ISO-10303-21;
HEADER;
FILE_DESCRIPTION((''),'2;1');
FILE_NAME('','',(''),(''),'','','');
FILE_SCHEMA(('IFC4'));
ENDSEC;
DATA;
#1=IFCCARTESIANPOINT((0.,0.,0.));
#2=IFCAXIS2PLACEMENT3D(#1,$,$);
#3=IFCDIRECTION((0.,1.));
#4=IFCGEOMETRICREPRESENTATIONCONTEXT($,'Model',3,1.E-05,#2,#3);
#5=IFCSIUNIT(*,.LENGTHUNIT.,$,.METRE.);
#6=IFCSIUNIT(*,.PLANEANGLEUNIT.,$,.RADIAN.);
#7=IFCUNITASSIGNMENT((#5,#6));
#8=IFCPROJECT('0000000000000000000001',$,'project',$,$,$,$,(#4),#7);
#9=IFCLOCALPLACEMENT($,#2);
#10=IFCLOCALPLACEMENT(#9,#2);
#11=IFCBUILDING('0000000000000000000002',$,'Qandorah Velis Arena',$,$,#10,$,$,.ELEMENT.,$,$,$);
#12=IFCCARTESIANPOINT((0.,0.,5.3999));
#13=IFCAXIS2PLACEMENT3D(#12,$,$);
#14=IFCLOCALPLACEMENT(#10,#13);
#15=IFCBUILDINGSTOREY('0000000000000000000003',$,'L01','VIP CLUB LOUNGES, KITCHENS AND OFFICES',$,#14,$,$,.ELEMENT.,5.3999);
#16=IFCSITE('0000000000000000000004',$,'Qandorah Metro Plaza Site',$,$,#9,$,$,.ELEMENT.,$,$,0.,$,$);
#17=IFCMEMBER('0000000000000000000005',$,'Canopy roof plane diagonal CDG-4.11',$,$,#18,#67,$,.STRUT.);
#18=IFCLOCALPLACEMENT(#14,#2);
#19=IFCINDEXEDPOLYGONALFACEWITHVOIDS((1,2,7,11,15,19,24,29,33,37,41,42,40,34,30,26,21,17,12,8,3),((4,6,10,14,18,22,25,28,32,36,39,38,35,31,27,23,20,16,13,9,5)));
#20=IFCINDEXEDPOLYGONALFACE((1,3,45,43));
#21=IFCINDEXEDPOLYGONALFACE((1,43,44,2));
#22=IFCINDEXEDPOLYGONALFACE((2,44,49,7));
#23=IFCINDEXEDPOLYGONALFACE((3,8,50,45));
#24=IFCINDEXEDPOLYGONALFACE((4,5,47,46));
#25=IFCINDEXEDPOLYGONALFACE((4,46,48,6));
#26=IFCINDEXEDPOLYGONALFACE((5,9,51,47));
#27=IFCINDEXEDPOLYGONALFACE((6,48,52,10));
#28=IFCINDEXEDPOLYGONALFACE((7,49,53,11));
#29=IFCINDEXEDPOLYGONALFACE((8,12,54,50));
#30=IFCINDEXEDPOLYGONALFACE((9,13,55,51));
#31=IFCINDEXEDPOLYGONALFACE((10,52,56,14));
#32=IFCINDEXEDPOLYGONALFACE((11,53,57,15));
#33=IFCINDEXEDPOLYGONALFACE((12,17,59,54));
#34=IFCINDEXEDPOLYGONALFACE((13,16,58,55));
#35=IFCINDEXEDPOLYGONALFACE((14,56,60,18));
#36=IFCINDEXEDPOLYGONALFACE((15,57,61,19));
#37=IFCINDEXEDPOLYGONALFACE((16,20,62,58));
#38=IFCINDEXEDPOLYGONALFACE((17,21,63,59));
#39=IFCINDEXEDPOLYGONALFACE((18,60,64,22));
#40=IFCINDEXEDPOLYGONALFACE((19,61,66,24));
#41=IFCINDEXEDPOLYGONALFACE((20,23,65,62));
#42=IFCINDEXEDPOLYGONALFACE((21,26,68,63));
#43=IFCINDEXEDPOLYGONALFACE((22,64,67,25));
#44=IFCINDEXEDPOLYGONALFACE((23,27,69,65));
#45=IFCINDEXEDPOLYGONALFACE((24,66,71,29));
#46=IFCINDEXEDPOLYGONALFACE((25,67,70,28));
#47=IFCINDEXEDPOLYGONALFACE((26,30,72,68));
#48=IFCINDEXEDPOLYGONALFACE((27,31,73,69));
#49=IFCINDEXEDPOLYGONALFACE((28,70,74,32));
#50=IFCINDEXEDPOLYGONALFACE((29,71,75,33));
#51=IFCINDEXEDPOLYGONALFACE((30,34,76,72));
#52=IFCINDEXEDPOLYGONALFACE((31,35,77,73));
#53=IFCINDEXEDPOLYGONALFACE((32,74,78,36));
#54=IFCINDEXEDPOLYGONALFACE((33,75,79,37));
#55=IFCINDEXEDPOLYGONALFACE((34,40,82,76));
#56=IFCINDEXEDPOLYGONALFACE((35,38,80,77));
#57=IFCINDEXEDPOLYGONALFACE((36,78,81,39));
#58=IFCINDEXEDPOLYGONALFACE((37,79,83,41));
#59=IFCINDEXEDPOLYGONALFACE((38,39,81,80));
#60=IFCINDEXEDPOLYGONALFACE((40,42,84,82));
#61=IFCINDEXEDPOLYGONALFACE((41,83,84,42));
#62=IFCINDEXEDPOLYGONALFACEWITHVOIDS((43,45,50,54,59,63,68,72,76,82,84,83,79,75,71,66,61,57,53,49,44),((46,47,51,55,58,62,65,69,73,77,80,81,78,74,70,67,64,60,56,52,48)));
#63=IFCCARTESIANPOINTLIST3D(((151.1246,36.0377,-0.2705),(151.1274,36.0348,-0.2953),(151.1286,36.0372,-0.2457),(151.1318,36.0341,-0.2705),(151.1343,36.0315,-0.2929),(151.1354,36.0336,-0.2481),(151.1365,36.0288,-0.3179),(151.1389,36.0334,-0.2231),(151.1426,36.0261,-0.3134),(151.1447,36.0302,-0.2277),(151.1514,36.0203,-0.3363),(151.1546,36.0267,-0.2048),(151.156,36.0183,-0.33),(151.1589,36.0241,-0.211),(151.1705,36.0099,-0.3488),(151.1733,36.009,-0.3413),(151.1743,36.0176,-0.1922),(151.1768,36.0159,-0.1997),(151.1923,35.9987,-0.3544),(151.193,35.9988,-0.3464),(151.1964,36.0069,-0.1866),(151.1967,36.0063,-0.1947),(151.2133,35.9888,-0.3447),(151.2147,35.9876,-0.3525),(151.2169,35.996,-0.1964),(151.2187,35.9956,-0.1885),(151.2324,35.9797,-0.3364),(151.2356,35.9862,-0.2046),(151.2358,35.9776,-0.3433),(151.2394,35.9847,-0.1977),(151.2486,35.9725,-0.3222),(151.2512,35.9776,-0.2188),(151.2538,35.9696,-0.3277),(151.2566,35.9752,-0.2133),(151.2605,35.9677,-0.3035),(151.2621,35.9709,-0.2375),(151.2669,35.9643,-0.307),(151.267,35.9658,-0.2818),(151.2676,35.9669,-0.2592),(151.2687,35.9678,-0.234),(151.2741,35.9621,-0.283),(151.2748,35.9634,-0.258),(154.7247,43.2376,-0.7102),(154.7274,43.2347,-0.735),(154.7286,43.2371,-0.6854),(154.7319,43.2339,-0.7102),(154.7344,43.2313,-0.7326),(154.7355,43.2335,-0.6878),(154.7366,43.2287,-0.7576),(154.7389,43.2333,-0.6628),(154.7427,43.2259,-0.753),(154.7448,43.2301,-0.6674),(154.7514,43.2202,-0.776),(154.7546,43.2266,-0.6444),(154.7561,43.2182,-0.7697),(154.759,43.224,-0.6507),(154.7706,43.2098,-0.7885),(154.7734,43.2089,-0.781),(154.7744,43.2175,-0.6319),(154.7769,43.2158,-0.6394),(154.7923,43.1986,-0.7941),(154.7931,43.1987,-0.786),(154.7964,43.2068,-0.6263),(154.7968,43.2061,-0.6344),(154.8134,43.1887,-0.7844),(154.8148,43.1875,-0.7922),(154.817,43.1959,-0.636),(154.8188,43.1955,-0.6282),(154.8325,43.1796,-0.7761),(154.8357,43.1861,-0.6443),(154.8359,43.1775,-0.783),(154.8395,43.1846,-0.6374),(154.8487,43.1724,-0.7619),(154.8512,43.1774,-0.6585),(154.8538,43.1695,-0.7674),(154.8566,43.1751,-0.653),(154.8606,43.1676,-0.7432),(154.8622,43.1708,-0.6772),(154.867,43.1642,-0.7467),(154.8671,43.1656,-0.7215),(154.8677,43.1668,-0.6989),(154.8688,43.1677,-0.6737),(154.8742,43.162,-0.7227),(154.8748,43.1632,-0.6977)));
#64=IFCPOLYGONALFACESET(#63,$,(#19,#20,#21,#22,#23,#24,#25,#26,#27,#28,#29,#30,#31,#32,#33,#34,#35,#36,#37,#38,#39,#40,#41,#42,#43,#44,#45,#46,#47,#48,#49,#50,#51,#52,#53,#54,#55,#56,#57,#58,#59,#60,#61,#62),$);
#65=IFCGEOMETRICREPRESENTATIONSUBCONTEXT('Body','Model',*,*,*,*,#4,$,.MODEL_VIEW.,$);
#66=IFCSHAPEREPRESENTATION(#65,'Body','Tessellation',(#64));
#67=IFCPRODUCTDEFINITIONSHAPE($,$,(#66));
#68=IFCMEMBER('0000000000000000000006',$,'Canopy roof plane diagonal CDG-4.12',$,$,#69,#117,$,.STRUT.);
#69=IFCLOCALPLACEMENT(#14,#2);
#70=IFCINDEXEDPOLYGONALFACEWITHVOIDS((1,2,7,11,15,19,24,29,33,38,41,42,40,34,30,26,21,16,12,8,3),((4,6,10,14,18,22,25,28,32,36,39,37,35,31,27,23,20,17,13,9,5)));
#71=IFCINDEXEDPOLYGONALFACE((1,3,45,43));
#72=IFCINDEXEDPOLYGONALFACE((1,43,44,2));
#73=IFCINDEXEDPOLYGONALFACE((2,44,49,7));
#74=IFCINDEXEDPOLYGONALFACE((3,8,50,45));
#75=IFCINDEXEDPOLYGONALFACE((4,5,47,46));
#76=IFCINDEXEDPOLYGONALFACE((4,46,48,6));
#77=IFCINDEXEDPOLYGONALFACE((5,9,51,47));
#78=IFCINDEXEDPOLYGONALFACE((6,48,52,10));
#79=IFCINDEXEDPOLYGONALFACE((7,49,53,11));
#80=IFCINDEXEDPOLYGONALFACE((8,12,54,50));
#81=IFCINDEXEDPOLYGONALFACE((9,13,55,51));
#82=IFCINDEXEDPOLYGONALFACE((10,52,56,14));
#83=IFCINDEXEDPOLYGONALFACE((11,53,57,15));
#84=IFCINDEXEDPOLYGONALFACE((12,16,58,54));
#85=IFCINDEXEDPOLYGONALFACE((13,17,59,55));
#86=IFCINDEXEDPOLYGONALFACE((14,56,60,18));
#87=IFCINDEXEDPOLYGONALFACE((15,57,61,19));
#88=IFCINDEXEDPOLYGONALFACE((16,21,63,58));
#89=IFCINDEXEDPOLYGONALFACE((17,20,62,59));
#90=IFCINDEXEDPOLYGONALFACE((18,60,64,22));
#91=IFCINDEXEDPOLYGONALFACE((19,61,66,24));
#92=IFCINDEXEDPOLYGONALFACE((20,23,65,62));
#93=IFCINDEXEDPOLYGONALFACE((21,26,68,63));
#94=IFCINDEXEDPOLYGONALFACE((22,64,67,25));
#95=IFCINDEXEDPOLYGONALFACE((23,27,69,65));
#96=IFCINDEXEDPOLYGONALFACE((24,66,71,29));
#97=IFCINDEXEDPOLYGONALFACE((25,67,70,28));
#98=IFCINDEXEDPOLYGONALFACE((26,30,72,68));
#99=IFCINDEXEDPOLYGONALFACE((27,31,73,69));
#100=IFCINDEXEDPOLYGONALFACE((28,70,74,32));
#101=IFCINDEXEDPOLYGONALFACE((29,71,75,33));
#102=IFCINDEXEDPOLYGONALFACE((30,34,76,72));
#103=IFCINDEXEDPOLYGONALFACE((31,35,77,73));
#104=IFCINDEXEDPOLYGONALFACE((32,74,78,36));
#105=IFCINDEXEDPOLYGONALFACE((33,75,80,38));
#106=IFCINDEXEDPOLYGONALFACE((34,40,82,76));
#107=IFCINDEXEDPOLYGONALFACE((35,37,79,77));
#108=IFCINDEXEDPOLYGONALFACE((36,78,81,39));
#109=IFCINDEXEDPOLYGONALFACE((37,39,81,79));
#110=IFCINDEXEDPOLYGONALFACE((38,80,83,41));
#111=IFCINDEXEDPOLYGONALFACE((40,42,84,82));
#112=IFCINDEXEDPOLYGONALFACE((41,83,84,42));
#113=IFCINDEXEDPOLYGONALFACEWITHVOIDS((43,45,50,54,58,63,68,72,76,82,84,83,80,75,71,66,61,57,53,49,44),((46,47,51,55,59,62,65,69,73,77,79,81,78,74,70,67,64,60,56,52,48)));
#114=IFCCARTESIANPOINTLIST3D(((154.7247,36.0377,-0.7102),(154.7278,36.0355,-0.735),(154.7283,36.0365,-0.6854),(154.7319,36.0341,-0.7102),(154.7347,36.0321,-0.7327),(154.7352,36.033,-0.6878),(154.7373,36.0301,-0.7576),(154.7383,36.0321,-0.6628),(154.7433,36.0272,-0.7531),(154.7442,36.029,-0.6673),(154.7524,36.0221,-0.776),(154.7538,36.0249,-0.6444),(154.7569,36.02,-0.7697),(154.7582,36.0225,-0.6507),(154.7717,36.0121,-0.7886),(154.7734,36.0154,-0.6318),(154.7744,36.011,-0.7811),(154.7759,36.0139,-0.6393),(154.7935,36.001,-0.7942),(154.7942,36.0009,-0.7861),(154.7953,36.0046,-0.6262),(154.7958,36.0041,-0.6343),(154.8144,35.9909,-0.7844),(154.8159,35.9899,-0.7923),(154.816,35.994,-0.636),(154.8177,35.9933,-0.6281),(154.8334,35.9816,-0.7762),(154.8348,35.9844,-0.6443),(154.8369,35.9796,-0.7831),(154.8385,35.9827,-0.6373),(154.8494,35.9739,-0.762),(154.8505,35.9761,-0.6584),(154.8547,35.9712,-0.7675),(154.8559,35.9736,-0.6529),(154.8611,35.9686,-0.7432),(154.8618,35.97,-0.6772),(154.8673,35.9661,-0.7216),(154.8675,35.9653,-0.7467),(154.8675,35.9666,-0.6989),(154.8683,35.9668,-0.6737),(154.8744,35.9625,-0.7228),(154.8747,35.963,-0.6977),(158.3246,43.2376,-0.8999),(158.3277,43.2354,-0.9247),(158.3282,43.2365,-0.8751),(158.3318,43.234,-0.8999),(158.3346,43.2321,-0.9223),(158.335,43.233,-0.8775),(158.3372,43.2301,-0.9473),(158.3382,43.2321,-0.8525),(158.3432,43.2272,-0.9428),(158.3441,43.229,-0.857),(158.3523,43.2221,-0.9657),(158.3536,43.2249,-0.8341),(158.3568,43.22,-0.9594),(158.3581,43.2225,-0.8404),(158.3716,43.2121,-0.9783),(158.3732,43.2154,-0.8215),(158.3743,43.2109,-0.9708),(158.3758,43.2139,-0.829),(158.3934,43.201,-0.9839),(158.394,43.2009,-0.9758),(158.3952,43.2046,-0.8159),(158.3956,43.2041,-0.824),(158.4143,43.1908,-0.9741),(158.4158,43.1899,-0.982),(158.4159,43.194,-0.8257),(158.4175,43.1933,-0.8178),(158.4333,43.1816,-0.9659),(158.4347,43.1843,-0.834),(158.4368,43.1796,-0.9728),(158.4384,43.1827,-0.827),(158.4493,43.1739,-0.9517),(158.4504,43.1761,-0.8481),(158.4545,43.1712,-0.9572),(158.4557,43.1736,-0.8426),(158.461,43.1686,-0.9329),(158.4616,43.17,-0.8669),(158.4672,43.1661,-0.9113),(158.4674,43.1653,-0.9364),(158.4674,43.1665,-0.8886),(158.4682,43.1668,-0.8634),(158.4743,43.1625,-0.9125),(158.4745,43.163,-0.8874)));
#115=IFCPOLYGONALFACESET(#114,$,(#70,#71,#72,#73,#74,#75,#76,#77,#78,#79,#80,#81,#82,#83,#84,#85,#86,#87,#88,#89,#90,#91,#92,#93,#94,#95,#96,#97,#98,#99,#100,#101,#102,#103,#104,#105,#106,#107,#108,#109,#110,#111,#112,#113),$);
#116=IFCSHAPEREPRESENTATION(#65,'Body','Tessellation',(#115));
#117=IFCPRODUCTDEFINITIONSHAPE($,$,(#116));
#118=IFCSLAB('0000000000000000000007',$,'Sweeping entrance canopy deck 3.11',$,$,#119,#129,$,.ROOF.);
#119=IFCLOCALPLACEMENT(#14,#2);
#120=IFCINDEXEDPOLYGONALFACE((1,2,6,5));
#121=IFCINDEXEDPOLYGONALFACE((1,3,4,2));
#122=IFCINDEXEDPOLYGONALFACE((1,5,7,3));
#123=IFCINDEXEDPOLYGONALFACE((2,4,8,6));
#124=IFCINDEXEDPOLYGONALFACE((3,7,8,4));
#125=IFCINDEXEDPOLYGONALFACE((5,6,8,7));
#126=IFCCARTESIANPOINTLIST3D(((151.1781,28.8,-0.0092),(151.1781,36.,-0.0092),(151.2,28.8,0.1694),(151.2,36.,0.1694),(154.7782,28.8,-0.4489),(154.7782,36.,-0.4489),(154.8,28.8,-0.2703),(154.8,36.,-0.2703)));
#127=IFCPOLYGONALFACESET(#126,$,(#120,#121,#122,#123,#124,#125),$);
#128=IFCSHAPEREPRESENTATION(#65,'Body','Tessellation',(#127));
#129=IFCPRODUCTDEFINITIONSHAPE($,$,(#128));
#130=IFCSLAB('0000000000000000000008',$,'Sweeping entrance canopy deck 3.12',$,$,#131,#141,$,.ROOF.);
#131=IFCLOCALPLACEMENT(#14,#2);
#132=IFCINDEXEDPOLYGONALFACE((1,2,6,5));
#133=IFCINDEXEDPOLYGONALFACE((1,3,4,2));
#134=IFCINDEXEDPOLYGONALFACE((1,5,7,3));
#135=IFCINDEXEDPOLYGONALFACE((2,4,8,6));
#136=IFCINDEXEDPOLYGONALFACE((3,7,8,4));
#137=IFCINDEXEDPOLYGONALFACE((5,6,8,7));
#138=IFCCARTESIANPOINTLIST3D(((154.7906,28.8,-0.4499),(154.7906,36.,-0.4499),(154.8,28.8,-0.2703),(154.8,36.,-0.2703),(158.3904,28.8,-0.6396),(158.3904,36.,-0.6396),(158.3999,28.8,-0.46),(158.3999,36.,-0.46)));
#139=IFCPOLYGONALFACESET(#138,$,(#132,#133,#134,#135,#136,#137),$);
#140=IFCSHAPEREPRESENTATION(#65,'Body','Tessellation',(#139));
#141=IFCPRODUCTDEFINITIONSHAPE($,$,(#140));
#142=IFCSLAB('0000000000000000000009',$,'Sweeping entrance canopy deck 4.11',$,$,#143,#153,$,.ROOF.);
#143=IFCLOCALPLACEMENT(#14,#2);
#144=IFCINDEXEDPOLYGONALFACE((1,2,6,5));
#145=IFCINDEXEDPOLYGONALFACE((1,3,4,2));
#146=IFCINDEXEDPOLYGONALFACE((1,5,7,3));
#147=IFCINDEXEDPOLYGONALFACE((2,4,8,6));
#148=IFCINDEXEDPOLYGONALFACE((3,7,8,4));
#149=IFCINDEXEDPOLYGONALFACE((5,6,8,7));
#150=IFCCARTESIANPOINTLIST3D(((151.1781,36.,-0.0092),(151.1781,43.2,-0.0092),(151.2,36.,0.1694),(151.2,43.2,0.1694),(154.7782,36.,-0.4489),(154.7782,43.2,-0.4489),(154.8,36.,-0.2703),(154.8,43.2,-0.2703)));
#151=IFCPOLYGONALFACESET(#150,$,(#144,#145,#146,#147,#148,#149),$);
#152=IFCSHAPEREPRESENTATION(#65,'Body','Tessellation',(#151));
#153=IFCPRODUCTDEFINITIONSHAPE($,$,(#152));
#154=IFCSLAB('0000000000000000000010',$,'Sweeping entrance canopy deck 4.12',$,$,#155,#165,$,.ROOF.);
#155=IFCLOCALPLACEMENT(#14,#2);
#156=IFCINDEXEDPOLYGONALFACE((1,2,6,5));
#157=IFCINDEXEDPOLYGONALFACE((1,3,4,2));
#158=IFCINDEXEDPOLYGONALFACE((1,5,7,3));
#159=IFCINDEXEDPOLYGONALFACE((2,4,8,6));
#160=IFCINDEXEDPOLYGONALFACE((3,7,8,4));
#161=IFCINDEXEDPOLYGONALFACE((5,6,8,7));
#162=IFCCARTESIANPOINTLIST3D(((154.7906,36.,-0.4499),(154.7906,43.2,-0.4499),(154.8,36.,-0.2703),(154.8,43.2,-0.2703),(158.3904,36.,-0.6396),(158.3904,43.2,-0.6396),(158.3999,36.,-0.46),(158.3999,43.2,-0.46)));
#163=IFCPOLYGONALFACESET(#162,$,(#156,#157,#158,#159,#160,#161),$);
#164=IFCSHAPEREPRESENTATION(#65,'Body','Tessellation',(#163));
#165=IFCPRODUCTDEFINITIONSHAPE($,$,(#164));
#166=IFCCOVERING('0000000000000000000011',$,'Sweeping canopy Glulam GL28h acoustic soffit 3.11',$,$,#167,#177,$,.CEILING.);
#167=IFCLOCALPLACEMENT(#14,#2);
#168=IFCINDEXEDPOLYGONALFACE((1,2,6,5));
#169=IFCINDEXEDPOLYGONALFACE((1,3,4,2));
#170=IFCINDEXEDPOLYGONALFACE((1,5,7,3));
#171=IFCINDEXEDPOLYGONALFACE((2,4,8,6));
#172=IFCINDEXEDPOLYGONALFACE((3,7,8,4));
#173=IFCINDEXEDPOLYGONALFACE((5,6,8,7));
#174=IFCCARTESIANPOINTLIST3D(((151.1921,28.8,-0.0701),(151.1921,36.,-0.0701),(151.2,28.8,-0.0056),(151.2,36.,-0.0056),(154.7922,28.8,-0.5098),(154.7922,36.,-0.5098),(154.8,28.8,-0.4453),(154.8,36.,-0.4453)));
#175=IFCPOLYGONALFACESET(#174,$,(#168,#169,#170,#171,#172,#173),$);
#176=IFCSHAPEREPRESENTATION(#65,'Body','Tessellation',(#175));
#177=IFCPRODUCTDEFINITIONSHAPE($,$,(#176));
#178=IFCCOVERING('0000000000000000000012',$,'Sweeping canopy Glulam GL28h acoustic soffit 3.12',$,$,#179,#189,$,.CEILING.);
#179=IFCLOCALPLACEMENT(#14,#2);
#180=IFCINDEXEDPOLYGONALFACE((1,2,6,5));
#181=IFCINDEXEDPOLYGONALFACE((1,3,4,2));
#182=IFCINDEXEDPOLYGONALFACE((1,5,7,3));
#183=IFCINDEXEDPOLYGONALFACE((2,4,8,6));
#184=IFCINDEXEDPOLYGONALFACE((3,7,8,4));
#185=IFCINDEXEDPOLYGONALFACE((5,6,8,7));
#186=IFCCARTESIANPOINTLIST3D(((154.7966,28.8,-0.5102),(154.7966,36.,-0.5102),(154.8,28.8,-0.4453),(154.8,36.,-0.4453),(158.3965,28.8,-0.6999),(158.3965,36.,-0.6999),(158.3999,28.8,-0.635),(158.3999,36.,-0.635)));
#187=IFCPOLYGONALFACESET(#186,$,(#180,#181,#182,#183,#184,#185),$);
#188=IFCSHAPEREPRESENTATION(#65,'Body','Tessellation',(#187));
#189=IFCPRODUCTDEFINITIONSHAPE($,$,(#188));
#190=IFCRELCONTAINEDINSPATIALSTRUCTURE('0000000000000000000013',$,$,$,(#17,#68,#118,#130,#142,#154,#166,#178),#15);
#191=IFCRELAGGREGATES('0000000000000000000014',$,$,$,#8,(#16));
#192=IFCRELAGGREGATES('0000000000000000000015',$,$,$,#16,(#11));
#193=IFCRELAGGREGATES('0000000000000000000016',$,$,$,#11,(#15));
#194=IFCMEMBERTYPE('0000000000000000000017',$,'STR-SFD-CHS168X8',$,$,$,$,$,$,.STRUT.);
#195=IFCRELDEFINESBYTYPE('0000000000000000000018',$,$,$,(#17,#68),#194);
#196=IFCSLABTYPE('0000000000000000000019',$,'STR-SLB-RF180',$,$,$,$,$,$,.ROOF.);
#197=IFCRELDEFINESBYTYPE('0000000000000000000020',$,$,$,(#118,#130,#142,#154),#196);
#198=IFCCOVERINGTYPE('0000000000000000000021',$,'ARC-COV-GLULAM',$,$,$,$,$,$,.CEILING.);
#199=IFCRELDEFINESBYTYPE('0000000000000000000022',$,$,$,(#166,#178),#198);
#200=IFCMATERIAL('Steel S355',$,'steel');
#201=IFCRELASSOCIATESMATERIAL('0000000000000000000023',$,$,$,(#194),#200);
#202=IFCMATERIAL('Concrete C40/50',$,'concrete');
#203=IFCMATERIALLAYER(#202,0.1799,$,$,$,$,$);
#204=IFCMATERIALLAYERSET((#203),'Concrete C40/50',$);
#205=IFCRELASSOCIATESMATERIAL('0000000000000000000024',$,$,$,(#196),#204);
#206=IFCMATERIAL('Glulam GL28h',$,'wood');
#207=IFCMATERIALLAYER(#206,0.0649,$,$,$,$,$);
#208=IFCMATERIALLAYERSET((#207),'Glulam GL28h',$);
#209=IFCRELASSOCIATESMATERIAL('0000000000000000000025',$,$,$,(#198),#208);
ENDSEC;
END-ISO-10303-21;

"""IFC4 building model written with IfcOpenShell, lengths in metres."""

from ifc_helpers import new_model, si_unit, direction, frame, origin, origin_2d, place, context, subcontext, project, spatial, polyline, hollow_circle, outline, extrude, material, layer, layer_set, material_profile, profile_set, type_object, element, save


model = new_model("IFC4")

# Units and contexts
model_context = context("Model", 3, precision=1e-05, world=origin(), true_north=direction((0.0, 1.0)))
body_context = subcontext(model_context, "Body", "Model", "MODEL_VIEW")
ifc_project = project(units=[si_unit("LENGTHUNIT", "METRE"), si_unit("PLANEANGLEUNIT", "RADIAN")], contexts=[model_context])

# Site, building, storey
site_placement = place(None, origin())
site = spatial("IfcSite", under=ifc_project, at=site_placement, Name="Qandorah Metro Plaza Site", CompositionType="ELEMENT", RefElevation=0.0)
building_placement = place(site_placement, origin())
building = spatial("IfcBuilding", under=site, at=building_placement, Name="Qandorah Velis Arena", CompositionType="ELEMENT")
storey_placement = place(building_placement, frame((0.0, 0.0, 5.3999)))
storey = spatial("IfcBuildingStorey", under=building, at=storey_placement, Name="L01", Description="VIP CLUB LOUNGES, KITCHENS AND OFFICES", CompositionType="ELEMENT", Elevation=5.3999)

# Shared definitions
ifc_material_1 = material(Name="Steel S355", Category="steel")

# Members
ifc_material_profile_1 = material_profile(ifc_material_1, hollow_circle(Radius=0.0842, WallThickness=0.0081, at=origin_2d()), Name="CHS 168.3x8")
ifc_profile_set_1 = profile_set([ifc_material_profile_1], Name="Steel S355")
member_type_1 = type_object("IfcMemberType", Name="STR-SFD-CHS168X8", PredefinedType="STRUT", material=ifc_profile_set_1)
member_1_placement = place(storey_placement, frame((151.2, 36.0, -0.2705), z_axis=(0.44656, 0.89309, -0.054541), x_axis=(-0.894421, 0.447226, 0.0)))
element("IfcMember", 1, at=member_1_placement, inside=storey, type_object=member_type_1, Name="Canopy roof plane diagonal CDG-4.11", PredefinedType="STRUT", context=body_context, shape_type="SweptSolid", body=[
    extrude(hollow_circle(Radius=0.0842, WallThickness=0.0081, at=origin_2d()), origin(), (0.0, 0.0, 1.0), 8.0618),
])
member_2_placement = place(storey_placement, frame((154.8, 36.0, -0.7102), z_axis=(0.447077, 0.894185, -0.023559), x_axis=(-0.894433, 0.447201, 0.0)))
element("IfcMember", 2, at=member_2_placement, inside=storey, type_object=member_type_1, Name="Canopy roof plane diagonal CDG-4.12", PredefinedType="STRUT", context=body_context, shape_type="SweptSolid", body=[
    extrude(hollow_circle(Radius=0.0842, WallThickness=0.0081, at=origin_2d()), origin(), (0.0, 0.0, 1.0), 8.052),
])

# Slabs
ifc_material_2 = material(Name="Concrete C40/50", Category="concrete")
ifc_layer_1 = layer(ifc_material_2, 0.1799)
ifc_layer_set_1 = layer_set([ifc_layer_1], Name="Concrete C40/50")
slab_type = type_object("IfcSlabType", Name="STR-SLB-RF180", PredefinedType="ROOF", material=ifc_layer_set_1)
slab_1_placement = place(storey_placement, frame((151.2, 28.8, 0.1694), z_axis=(0.121234, 0.0, 0.992624), x_axis=(0.992624, 0.0, -0.121234)))
element("IfcSlab", 3, at=slab_1_placement, inside=storey, type_object=slab_type, Name="Sweeping entrance canopy deck 3.11", PredefinedType="ROOF", context=body_context, shape_type="SweptSolid", body=[
    extrude(outline(polyline([(0.0, 0.0), (3.6268, 0.0), (3.6268, 7.2), (0.0, 7.2), (0.0, 0.0)])), origin(), (0.0, 0.0, -1.0), 0.1799),
])
slab_2_placement = place(storey_placement, frame((154.8, 28.8, -0.2703), z_axis=(0.052623, 0.0, 0.998614), x_axis=(0.998614, 0.0, -0.052623)))
element("IfcSlab", 4, at=slab_2_placement, inside=storey, type_object=slab_type, Name="Sweeping entrance canopy deck 3.12", PredefinedType="ROOF", context=body_context, shape_type="SweptSolid", body=[
    extrude(outline(polyline([(0.0, 0.0), (3.6048, 0.0), (3.6048, 7.2), (0.0, 7.2), (0.0, 0.0)])), origin(), (0.0, 0.0, -1.0), 0.1799),
])
slab_3_placement = place(storey_placement, frame((151.2, 36.0, 0.1694), z_axis=(0.121234, 0.0, 0.992624), x_axis=(0.992624, 0.0, -0.121234)))
element("IfcSlab", 5, at=slab_3_placement, inside=storey, type_object=slab_type, Name="Sweeping entrance canopy deck 4.11", PredefinedType="ROOF", context=body_context, shape_type="SweptSolid", body=[
    extrude(outline(polyline([(0.0, 0.0), (3.6268, 0.0), (3.6268, 7.2), (0.0, 7.2), (0.0, 0.0)])), origin(), (0.0, 0.0, -1.0), 0.1799),
])
slab_4_placement = place(storey_placement, frame((154.8, 36.0, -0.2703), z_axis=(0.052623, 0.0, 0.998614), x_axis=(0.998614, 0.0, -0.052623)))
element("IfcSlab", 6, at=slab_4_placement, inside=storey, type_object=slab_type, Name="Sweeping entrance canopy deck 4.12", PredefinedType="ROOF", context=body_context, shape_type="SweptSolid", body=[
    extrude(outline(polyline([(0.0, 0.0), (3.6048, 0.0), (3.6048, 7.2), (0.0, 7.2), (0.0, 0.0)])), origin(), (0.0, 0.0, -1.0), 0.1799),
])

# Coverings
ifc_material_3 = material(Name="Glulam GL28h", Category="wood")
ifc_layer_2 = layer(ifc_material_3, 0.0649)
ifc_layer_set_2 = layer_set([ifc_layer_2], Name="Glulam GL28h")
covering_type_1 = type_object("IfcCoveringType", Name="ARC-COV-GLULAM", PredefinedType="CEILING", material=ifc_layer_set_2)
covering_1_placement = place(storey_placement, frame((151.2, 28.8, -0.0056), z_axis=(0.121234, 0.0, 0.992624), x_axis=(0.992624, 0.0, -0.121234)))
element("IfcCovering", 7, at=covering_1_placement, inside=storey, type_object=covering_type_1, Name="Sweeping canopy Glulam GL28h acoustic soffit 3.11", PredefinedType="CEILING", context=body_context, shape_type="SweptSolid", body=[
    extrude(outline(polyline([(0.0, 0.0), (3.6268, 0.0), (3.6268, 7.2), (0.0, 7.2), (0.0, 0.0)])), origin(), (0.0, 0.0, -1.0), 0.0649),
])
covering_2_placement = place(storey_placement, frame((154.8, 28.8, -0.4453), z_axis=(0.052623, 0.0, 0.998614), x_axis=(0.998614, 0.0, -0.052623)))
element("IfcCovering", 8, at=covering_2_placement, inside=storey, type_object=covering_type_1, Name="Sweeping canopy Glulam GL28h acoustic soffit 3.12", PredefinedType="CEILING", context=body_context, shape_type="SweptSolid", body=[
    extrude(outline(polyline([(0.0, 0.0), (3.6048, 0.0), (3.6048, 7.2), (0.0, 7.2), (0.0, 0.0)])), origin(), (0.0, 0.0, -1.0), 0.0649),
])

save(model, "model.ifc")
